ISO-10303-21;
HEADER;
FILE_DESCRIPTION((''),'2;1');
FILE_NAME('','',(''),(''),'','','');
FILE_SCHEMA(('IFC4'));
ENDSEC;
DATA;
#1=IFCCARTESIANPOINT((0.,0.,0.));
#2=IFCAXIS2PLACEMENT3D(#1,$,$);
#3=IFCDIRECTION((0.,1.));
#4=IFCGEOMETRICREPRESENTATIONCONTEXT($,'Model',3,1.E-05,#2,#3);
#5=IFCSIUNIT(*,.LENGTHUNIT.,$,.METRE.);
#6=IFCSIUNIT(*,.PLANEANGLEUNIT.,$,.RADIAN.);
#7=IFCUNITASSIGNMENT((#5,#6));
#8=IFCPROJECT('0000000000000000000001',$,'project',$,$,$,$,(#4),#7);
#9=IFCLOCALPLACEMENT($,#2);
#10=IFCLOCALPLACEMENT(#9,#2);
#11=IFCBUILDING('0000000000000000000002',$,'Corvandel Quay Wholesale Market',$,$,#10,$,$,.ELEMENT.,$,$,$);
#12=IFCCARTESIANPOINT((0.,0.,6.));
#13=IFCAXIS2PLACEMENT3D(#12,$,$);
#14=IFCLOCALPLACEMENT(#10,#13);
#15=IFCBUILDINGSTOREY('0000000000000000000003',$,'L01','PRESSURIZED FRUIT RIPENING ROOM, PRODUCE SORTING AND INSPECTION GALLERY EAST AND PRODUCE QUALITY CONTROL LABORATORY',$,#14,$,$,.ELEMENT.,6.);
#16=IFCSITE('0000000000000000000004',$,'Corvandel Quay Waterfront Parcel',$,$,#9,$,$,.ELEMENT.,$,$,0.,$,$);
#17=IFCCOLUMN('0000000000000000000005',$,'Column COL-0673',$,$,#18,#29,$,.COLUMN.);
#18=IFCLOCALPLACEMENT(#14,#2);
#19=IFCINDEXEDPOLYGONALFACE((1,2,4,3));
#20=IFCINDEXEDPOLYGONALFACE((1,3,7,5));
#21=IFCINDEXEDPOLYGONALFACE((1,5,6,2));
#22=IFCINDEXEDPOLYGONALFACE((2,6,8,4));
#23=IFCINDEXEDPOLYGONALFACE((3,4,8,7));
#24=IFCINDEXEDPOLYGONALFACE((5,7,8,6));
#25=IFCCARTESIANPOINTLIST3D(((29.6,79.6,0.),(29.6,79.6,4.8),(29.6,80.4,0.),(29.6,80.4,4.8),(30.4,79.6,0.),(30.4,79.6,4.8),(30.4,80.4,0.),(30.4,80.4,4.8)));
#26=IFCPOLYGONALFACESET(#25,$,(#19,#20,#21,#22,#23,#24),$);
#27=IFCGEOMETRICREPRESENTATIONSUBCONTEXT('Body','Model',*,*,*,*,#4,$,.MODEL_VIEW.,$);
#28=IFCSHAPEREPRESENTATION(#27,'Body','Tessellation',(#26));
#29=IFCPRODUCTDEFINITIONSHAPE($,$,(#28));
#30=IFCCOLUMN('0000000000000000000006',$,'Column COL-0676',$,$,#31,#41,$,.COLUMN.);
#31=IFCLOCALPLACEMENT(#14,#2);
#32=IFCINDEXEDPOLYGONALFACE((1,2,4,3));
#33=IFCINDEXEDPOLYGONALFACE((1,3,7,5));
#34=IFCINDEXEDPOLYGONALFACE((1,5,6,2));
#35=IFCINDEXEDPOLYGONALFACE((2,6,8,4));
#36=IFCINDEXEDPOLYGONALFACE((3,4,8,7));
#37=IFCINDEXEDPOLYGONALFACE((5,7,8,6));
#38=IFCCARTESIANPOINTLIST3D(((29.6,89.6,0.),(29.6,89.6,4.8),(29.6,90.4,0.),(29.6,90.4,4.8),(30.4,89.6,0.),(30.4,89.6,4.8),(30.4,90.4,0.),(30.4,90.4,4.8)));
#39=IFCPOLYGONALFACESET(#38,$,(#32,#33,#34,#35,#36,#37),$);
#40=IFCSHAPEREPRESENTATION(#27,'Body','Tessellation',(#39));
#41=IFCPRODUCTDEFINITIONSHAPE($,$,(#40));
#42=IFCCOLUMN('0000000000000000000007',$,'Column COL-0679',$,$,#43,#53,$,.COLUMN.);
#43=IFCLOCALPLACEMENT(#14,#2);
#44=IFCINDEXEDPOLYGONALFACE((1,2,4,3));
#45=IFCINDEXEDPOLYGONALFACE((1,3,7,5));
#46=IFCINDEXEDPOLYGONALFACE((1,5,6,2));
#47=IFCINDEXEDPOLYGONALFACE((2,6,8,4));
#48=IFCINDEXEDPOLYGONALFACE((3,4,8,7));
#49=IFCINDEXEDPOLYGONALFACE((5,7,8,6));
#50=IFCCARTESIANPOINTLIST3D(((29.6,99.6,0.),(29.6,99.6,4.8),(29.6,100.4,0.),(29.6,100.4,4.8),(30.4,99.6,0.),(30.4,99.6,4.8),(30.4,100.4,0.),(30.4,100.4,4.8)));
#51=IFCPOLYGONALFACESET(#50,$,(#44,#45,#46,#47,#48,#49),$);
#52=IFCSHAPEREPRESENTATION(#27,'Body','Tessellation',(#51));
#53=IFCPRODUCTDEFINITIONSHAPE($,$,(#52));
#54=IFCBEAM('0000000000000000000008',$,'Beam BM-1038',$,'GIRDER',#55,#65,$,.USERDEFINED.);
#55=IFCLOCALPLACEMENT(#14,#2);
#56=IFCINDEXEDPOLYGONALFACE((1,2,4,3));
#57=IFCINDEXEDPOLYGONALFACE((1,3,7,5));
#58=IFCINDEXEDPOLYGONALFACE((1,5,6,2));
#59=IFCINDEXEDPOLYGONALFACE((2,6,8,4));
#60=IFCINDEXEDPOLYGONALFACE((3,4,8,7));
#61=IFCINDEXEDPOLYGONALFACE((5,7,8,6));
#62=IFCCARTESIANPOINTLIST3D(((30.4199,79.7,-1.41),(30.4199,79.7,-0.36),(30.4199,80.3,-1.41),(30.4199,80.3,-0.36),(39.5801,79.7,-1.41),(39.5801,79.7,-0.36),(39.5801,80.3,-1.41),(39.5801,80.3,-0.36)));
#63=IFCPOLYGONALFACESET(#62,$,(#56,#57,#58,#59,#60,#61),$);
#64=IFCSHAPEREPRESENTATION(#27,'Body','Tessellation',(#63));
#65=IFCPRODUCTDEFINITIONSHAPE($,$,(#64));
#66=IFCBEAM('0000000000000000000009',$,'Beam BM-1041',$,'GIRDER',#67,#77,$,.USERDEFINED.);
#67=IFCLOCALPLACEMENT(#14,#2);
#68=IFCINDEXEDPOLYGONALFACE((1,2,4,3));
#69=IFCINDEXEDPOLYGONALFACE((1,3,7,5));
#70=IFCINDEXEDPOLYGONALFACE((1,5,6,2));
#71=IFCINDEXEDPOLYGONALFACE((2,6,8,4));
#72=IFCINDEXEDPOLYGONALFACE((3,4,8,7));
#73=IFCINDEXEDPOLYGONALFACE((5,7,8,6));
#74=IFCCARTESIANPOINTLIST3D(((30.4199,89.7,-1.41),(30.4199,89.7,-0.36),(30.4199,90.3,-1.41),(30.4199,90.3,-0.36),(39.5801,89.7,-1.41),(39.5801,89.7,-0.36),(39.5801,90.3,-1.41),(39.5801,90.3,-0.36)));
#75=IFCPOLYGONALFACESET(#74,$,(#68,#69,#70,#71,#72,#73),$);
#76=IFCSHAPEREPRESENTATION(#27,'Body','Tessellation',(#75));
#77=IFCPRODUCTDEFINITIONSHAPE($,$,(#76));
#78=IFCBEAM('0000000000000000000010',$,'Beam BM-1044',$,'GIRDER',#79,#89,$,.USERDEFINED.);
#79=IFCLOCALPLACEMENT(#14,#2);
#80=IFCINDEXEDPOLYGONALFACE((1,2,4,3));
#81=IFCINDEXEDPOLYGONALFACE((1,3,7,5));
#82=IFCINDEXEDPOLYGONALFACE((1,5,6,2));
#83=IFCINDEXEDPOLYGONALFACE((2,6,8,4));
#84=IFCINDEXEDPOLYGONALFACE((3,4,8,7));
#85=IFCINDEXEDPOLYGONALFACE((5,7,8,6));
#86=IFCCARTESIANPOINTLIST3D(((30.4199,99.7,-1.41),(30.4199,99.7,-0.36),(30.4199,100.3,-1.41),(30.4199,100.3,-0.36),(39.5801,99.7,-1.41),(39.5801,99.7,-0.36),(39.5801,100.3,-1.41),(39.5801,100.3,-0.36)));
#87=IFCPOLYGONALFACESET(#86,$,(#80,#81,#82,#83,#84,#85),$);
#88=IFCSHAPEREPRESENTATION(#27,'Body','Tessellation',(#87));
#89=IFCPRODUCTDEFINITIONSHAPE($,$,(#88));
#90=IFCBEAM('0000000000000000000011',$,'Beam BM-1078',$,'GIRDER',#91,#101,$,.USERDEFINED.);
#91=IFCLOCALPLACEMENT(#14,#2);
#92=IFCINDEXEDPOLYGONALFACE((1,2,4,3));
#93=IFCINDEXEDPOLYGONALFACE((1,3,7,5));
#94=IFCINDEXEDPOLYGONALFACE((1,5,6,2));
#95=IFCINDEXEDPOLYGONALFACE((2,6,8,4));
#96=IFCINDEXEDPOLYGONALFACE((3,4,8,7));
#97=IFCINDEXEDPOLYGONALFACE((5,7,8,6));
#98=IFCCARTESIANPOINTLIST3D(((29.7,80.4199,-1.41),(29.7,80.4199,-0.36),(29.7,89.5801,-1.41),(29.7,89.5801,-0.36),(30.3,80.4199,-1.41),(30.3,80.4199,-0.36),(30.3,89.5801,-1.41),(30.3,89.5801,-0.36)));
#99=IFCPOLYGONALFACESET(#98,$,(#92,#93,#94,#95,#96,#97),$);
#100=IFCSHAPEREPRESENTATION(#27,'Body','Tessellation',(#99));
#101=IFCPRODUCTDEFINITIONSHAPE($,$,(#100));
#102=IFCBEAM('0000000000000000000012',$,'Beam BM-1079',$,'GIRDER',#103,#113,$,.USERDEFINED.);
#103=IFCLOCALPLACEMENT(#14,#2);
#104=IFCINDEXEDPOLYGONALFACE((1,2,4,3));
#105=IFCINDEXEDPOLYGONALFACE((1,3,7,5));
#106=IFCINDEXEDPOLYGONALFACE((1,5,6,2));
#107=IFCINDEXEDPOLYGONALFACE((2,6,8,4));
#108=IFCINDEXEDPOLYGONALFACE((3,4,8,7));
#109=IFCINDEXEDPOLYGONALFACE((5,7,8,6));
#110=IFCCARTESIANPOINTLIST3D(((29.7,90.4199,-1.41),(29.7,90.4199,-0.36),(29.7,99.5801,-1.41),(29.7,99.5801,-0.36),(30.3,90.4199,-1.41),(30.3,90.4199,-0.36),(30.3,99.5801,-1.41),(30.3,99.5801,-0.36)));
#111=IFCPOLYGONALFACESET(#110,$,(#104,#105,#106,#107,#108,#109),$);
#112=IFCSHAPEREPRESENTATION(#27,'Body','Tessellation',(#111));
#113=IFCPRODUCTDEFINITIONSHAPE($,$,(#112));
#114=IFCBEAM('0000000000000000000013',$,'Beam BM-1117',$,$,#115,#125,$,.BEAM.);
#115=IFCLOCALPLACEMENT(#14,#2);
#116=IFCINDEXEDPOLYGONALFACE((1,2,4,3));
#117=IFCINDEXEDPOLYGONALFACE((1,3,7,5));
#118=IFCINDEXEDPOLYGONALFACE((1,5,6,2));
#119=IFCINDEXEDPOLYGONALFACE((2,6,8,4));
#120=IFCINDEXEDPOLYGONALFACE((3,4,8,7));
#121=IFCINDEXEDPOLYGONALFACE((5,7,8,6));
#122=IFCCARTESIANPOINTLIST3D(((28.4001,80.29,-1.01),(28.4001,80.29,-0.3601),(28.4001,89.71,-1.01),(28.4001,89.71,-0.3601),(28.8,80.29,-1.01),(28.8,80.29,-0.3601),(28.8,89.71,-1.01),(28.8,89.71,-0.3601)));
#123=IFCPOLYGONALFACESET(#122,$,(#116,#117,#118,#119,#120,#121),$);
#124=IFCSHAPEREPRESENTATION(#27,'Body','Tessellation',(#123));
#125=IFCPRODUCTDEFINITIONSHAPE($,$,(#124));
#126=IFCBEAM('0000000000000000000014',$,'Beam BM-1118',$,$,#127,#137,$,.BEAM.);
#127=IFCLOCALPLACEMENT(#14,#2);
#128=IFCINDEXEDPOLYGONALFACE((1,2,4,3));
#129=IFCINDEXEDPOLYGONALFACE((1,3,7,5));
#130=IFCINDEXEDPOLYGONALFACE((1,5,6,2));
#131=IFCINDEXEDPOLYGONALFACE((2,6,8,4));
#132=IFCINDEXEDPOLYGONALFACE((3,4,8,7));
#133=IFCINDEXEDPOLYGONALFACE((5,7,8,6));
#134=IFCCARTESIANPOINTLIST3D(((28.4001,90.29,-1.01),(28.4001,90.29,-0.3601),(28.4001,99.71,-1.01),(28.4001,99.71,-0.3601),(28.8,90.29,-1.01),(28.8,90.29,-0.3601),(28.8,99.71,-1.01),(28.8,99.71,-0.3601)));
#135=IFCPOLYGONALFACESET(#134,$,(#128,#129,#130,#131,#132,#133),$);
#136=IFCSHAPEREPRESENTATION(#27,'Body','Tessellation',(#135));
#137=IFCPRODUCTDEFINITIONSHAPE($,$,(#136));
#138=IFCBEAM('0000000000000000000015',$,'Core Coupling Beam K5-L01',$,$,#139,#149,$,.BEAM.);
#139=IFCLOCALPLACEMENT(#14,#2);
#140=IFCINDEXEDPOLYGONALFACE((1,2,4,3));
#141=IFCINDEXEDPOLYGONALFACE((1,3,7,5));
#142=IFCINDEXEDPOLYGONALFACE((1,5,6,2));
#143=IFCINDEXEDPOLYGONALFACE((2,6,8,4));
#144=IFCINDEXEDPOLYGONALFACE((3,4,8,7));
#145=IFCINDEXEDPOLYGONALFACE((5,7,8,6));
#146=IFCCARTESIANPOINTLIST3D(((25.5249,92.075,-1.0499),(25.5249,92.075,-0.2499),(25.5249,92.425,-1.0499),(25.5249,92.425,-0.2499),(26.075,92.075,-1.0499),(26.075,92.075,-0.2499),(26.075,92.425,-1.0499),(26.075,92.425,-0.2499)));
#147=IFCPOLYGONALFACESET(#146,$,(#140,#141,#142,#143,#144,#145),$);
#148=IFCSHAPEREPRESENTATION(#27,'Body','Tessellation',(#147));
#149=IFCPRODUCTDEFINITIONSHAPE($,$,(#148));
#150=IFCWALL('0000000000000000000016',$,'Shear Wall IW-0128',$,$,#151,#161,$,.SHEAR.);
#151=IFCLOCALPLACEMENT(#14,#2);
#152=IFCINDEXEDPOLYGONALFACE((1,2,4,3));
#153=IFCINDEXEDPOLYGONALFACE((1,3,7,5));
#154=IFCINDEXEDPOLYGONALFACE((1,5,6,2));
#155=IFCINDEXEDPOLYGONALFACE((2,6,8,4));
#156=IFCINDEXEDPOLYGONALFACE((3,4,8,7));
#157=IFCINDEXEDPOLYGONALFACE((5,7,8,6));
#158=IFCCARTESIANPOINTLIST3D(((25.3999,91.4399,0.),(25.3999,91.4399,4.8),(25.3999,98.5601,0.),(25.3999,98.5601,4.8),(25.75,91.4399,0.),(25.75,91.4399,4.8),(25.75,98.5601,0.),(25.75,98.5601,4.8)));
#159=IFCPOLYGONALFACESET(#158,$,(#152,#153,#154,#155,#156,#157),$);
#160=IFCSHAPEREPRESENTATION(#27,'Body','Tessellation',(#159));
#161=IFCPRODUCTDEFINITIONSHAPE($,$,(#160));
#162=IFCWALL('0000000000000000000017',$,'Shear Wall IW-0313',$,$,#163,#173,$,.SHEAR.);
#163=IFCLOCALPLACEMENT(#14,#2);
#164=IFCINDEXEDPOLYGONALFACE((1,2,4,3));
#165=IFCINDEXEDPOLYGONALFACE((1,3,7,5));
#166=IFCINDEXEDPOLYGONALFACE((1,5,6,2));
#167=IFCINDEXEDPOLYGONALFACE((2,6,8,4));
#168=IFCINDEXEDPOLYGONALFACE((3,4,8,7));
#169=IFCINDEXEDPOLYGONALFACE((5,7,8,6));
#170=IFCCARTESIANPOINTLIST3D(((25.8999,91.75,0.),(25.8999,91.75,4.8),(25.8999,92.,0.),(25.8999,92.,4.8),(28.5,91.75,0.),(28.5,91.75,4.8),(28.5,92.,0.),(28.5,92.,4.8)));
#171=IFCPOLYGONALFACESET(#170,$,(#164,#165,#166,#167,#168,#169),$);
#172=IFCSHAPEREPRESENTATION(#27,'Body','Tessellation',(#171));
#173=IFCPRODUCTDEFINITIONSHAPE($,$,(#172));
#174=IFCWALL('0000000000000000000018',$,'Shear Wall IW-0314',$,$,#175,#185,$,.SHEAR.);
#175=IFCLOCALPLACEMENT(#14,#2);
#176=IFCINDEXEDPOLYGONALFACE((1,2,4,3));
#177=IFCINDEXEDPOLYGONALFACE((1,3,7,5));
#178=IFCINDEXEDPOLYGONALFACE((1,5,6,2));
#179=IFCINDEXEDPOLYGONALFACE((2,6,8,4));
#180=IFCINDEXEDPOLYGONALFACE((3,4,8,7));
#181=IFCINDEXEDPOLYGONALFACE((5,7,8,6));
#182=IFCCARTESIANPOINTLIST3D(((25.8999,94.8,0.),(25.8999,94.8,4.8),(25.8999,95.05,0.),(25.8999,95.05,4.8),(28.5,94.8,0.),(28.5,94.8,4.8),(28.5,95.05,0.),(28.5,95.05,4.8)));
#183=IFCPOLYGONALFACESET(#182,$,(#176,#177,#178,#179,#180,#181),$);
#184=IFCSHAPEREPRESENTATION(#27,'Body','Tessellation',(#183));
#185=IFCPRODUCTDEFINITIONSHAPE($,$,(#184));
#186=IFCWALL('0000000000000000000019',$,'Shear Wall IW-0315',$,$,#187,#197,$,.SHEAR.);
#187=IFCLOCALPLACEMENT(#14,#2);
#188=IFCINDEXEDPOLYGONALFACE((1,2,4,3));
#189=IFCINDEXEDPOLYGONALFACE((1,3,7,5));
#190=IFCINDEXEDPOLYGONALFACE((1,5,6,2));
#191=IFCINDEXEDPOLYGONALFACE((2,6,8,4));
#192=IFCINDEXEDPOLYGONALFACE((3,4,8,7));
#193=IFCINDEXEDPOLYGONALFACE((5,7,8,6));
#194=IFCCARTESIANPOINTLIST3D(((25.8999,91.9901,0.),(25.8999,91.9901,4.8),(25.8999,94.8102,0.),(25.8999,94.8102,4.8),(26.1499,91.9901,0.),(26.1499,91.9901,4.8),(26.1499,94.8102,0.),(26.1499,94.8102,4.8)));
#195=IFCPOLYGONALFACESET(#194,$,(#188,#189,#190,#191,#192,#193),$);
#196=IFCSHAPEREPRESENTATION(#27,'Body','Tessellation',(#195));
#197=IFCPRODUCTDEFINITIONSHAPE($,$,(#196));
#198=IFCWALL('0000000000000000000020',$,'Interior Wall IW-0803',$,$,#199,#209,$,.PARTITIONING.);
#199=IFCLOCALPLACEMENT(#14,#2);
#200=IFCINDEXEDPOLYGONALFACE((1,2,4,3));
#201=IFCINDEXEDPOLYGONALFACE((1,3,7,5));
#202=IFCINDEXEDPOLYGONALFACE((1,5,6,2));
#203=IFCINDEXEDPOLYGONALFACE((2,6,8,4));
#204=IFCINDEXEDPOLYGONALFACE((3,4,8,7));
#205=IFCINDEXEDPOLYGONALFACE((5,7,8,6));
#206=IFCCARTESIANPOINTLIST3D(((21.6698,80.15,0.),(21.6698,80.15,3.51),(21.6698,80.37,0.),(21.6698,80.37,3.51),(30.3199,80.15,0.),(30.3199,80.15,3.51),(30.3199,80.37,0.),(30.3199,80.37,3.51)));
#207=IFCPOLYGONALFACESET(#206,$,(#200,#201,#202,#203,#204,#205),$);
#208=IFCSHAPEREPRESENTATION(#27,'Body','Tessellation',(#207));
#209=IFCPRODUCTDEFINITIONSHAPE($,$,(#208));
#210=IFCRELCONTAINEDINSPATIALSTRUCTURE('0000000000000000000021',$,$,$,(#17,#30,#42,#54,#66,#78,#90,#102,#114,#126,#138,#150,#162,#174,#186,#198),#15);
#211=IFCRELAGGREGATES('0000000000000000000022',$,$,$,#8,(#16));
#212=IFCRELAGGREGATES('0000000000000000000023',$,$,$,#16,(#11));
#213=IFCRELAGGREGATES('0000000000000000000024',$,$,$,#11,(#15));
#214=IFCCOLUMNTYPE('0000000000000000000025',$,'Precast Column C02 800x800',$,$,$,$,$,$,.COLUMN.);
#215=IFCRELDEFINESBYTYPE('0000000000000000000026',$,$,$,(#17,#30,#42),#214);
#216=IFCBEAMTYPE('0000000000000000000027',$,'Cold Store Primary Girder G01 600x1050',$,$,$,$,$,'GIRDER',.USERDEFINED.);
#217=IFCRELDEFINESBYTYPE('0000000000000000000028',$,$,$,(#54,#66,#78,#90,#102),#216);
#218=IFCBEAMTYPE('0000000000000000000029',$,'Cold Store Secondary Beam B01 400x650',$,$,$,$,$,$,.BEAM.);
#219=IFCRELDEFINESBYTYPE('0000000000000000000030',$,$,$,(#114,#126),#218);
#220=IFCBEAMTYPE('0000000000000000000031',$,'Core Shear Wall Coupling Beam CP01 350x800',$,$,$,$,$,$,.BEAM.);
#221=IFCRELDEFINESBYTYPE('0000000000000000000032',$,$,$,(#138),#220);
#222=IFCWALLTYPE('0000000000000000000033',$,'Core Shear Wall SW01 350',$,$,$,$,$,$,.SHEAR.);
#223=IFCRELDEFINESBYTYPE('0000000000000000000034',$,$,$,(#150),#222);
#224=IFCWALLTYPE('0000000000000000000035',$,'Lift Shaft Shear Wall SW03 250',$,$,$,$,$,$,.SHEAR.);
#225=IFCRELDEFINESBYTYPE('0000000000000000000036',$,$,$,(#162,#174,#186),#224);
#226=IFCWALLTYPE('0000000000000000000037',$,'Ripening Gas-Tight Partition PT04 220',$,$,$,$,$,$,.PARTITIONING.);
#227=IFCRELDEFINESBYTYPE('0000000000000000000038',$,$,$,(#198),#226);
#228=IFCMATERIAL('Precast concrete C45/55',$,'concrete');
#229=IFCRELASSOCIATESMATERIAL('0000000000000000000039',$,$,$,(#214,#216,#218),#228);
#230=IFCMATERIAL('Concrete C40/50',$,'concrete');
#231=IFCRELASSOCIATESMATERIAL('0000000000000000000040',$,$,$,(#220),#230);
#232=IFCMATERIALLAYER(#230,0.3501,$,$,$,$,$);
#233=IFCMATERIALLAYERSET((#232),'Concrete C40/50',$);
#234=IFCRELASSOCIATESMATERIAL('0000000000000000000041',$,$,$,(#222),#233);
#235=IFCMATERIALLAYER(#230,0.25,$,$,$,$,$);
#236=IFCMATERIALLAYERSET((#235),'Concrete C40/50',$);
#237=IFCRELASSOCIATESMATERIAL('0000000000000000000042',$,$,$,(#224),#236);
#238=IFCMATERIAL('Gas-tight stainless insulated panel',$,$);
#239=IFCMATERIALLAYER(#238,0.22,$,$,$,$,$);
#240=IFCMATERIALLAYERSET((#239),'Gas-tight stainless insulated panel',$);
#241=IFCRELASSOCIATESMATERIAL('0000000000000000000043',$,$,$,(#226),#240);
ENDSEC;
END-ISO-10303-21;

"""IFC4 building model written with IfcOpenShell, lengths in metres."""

from ifc_helpers import new_model, si_unit, direction, frame, frame_2d, origin, origin_2d, place, context, subcontext, project, spatial, rectangle, extrude, material, layer, layer_set, material_profile, profile_set, type_object, element, save


model = new_model("IFC4")

# Units and contexts
model_context = context("Model", 3, precision=1e-05, world=origin(), true_north=direction((0.0, 1.0)))
body_context = subcontext(model_context, "Body", "Model", "MODEL_VIEW")
ifc_project = project(units=[si_unit("LENGTHUNIT", "METRE"), si_unit("PLANEANGLEUNIT", "RADIAN")], contexts=[model_context])

# Site, building, storey
site_placement = place(None, origin())
site = spatial("IfcSite", under=ifc_project, at=site_placement, Name="Corvandel Quay Waterfront Parcel", CompositionType="ELEMENT", RefElevation=0.0)
building_placement = place(site_placement, origin())
building = spatial("IfcBuilding", under=site, at=building_placement, Name="Corvandel Quay Wholesale Market", CompositionType="ELEMENT")
storey_placement = place(building_placement, frame((0.0, 0.0, 6.0)))
storey = spatial("IfcBuildingStorey", under=building, at=storey_placement, Name="L01", Description="PRESSURIZED FRUIT RIPENING ROOM, PRODUCE SORTING AND INSPECTION GALLERY EAST AND PRODUCE QUALITY CONTROL LABORATORY", CompositionType="ELEMENT", Elevation=6.0)

# Columns
ifc_material_1 = material(Name="Precast concrete C45/55", Category="concrete")
ifc_material_profile_1 = material_profile(ifc_material_1, rectangle(XDim=0.8, YDim=0.8, at=origin_2d()), Name="PC-COL-800x800")
ifc_profile_set_1 = profile_set([ifc_material_profile_1], Name="Precast concrete C45/55")
column_type = type_object("IfcColumnType", Name="Precast Column C02 800x800", PredefinedType="COLUMN", material=ifc_profile_set_1)
for number, where, z_axis, x_axis, name in (
    (1, (30.0, 80.0, 0.0), (0.0, 0.0, 1.0), (1.0, 0.0, 0.0), "Column COL-0673"),
    (2, (30.0, 90.0, 0.0), (0.0, 0.0, 1.0), (1.0, 0.0, 0.0), "Column COL-0676"),
    (3, (30.0, 100.0, 0.0), (0.0, 0.0, 1.0), (1.0, 0.0, 0.0), "Column COL-0679"),
):
    element("IfcColumn", number, at=place(storey_placement, frame(where, z_axis=z_axis, x_axis=x_axis)), inside=storey, type_object=column_type, Name=name, PredefinedType="COLUMN", context=body_context, shape_type="SweptSolid", body=[
        extrude(rectangle(XDim=0.8, YDim=0.8, at=origin_2d()), origin(), (0.0, 0.0, 1.0), 4.8),
    ])

# Beams
ifc_material_profile_2 = material_profile(ifc_material_1, rectangle(XDim=0.6001, YDim=1.05, at=origin_2d()), Name="PC-GIR-600x1050")
ifc_profile_set_2 = profile_set([ifc_material_profile_2], Name="Precast concrete C45/55")
beam_type_1 = type_object("IfcBeamType", Name="Cold Store Primary Girder G01 600x1050", ElementType="GIRDER", PredefinedType="USERDEFINED", material=ifc_profile_set_2)
for number, where, z_axis, x_axis, name in (
    (4, (30.4199, 80.0, -0.885), (1.0, 0.0, 0.0), (0.0, 1.0, 0.0), "Beam BM-1038"),
    (5, (30.4199, 90.0, -0.885), (1.0, 0.0, 0.0), (0.0, 1.0, 0.0), "Beam BM-1041"),
    (6, (30.4199, 100.0, -0.885), (1.0, 0.0, 0.0), (0.0, 1.0, 0.0), "Beam BM-1044"),
    (7, (30.0, 80.4199, -0.885), (0.0, 1.0, 0.0), (-1.0, 0.0, 0.0), "Beam BM-1078"),
    (8, (30.0, 90.4199, -0.885), (0.0, 1.0, 0.0), (-1.0, 0.0, 0.0), "Beam BM-1079"),
):
    element("IfcBeam", number, at=place(storey_placement, frame(where, z_axis=z_axis, x_axis=x_axis)), inside=storey, type_object=beam_type_1, Name=name, ObjectType="GIRDER", PredefinedType="USERDEFINED", context=body_context, shape_type="SweptSolid", body=[
        extrude(rectangle(XDim=0.6001, YDim=1.05, at=origin_2d()), origin(), (0.0, 0.0, 1.0), 9.1602),
    ])
ifc_material_profile_3 = material_profile(ifc_material_1, rectangle(XDim=0.3999, YDim=0.6499, at=origin_2d()), Name="PC-BM-400x650")
ifc_profile_set_3 = profile_set([ifc_material_profile_3], Name="Precast concrete C45/55")
beam_type_2 = type_object("IfcBeamType", Name="Cold Store Secondary Beam B01 400x650", PredefinedType="BEAM", material=ifc_profile_set_3)
for number, where, z_axis, x_axis, name in (
    (9, (28.6001, 80.29, -0.6851), (0.0, 1.0, 0.0), (-1.0, 0.0, 0.0), "Beam BM-1117"),
    (10, (28.6001, 90.29, -0.6851), (0.0, 1.0, 0.0), (-1.0, 0.0, 0.0), "Beam BM-1118"),
):
    element("IfcBeam", number, at=place(storey_placement, frame(where, z_axis=z_axis, x_axis=x_axis)), inside=storey, type_object=beam_type_2, Name=name, PredefinedType="BEAM", context=body_context, shape_type="SweptSolid", body=[
        extrude(rectangle(XDim=0.3999, YDim=0.6499, at=origin_2d()), origin(), (0.0, 0.0, 1.0), 9.4199),
    ])
ifc_material_2 = material(Name="Concrete C40/50", Category="concrete")
ifc_material_profile_4 = material_profile(ifc_material_2, rectangle(XDim=0.3501, YDim=0.8, at=origin_2d()), Name="RC-CPL-350x800")
ifc_profile_set_4 = profile_set([ifc_material_profile_4], Name="Concrete C40/50")
beam_type_3 = type_object("IfcBeamType", Name="Core Shear Wall Coupling Beam CP01 350x800", PredefinedType="BEAM", material=ifc_profile_set_4)
beam_placement = place(storey_placement, frame((25.5249, 92.25, -0.6499), z_axis=(1.0, 0.0, 0.0), x_axis=(0.0, 1.0, 0.0)))
element("IfcBeam", 11, at=beam_placement, inside=storey, type_object=beam_type_3, Name="Core Coupling Beam K5-L01", PredefinedType="BEAM", context=body_context, shape_type="SweptSolid", body=[
    extrude(rectangle(XDim=0.3501, YDim=0.8, at=origin_2d()), origin(), (0.0, 0.0, 1.0), 0.55),
])

# Walls
ifc_layer_1 = layer(ifc_material_2, 0.3501)
ifc_layer_set_1 = layer_set([ifc_layer_1], Name="Concrete C40/50")
wall_type_1 = type_object("IfcWallType", Name="Core Shear Wall SW01 350", PredefinedType="SHEAR", material=ifc_layer_set_1)
wall_1_placement = place(storey_placement, frame((25.575, 91.4399, 0.0), z_axis=(0.0, 0.0, 1.0), x_axis=(0.0, 1.0, 0.0)))
element("IfcWall", 12, at=wall_1_placement, inside=storey, type_object=wall_type_1, Name="Shear Wall IW-0128", PredefinedType="SHEAR", context=body_context, shape_type="SweptSolid", body=[
    extrude(rectangle(XDim=7.1201, YDim=0.3501, at=frame_2d((3.5601, 0.0))), origin(), (0.0, 0.0, 1.0), 4.8),
])
ifc_layer_2 = layer(ifc_material_2, 0.25)
ifc_layer_set_2 = layer_set([ifc_layer_2], Name="Concrete C40/50")
wall_type_2 = type_object("IfcWallType", Name="Lift Shaft Shear Wall SW03 250", PredefinedType="SHEAR", material=ifc_layer_set_2)
for number, where, z_axis, x_axis, name in (
    (13, (25.8999, 91.875, 0.0), (0.0, 0.0, 1.0), (1.0, 0.0, 0.0), "Shear Wall IW-0313"),
    (14, (25.8999, 94.925, 0.0), (0.0, 0.0, 1.0), (1.0, 0.0, 0.0), "Shear Wall IW-0314"),
):
    element("IfcWall", number, at=place(storey_placement, frame(where, z_axis=z_axis, x_axis=x_axis)), inside=storey, type_object=wall_type_2, Name=name, PredefinedType="SHEAR", context=body_context, shape_type="SweptSolid", body=[
        extrude(rectangle(XDim=2.6001, YDim=0.25, at=frame_2d((1.3, 0.0))), origin(), (0.0, 0.0, 1.0), 4.8),
    ])
wall_2_placement = place(storey_placement, frame((26.0249, 91.99, 0.0), z_axis=(0.0, 0.0, 1.0), x_axis=(0.0, 1.0, 0.0)))
element("IfcWall", 15, at=wall_2_placement, inside=storey, type_object=wall_type_2, Name="Shear Wall IW-0315", PredefinedType="SHEAR", context=body_context, shape_type="SweptSolid", body=[
    extrude(rectangle(XDim=2.8201, YDim=0.25, at=frame_2d((1.4102, 0.0))), origin(), (0.0, 0.0, 1.0), 4.8),
])

# Shared definitions
ifc_material_3 = material(Name="Gas-tight stainless insulated panel")
ifc_layer_3 = layer(ifc_material_3, 0.22)
ifc_layer_set_3 = layer_set([ifc_layer_3], Name="Gas-tight stainless insulated panel")
wall_type_3 = type_object("IfcWallType", Name="Ripening Gas-Tight Partition PT04 220", PredefinedType="PARTITIONING", material=ifc_layer_set_3)

# Wall
wall_3_placement = place(storey_placement, frame((30.3201, 80.26, 0.0), z_axis=(0.0, 0.0, 1.0), x_axis=(-1.0, 0.0, 0.0)))
element("IfcWall", 16, at=wall_3_placement, inside=storey, type_object=wall_type_3, Name="Interior Wall IW-0803", PredefinedType="PARTITIONING", context=body_context, shape_type="SweptSolid", body=[
    extrude(rectangle(XDim=8.6501, YDim=0.22, at=frame_2d((4.3252, 0.0))), origin(), (0.0, 0.0, 1.0), 3.51),
])

save(model, "model.ifc")
